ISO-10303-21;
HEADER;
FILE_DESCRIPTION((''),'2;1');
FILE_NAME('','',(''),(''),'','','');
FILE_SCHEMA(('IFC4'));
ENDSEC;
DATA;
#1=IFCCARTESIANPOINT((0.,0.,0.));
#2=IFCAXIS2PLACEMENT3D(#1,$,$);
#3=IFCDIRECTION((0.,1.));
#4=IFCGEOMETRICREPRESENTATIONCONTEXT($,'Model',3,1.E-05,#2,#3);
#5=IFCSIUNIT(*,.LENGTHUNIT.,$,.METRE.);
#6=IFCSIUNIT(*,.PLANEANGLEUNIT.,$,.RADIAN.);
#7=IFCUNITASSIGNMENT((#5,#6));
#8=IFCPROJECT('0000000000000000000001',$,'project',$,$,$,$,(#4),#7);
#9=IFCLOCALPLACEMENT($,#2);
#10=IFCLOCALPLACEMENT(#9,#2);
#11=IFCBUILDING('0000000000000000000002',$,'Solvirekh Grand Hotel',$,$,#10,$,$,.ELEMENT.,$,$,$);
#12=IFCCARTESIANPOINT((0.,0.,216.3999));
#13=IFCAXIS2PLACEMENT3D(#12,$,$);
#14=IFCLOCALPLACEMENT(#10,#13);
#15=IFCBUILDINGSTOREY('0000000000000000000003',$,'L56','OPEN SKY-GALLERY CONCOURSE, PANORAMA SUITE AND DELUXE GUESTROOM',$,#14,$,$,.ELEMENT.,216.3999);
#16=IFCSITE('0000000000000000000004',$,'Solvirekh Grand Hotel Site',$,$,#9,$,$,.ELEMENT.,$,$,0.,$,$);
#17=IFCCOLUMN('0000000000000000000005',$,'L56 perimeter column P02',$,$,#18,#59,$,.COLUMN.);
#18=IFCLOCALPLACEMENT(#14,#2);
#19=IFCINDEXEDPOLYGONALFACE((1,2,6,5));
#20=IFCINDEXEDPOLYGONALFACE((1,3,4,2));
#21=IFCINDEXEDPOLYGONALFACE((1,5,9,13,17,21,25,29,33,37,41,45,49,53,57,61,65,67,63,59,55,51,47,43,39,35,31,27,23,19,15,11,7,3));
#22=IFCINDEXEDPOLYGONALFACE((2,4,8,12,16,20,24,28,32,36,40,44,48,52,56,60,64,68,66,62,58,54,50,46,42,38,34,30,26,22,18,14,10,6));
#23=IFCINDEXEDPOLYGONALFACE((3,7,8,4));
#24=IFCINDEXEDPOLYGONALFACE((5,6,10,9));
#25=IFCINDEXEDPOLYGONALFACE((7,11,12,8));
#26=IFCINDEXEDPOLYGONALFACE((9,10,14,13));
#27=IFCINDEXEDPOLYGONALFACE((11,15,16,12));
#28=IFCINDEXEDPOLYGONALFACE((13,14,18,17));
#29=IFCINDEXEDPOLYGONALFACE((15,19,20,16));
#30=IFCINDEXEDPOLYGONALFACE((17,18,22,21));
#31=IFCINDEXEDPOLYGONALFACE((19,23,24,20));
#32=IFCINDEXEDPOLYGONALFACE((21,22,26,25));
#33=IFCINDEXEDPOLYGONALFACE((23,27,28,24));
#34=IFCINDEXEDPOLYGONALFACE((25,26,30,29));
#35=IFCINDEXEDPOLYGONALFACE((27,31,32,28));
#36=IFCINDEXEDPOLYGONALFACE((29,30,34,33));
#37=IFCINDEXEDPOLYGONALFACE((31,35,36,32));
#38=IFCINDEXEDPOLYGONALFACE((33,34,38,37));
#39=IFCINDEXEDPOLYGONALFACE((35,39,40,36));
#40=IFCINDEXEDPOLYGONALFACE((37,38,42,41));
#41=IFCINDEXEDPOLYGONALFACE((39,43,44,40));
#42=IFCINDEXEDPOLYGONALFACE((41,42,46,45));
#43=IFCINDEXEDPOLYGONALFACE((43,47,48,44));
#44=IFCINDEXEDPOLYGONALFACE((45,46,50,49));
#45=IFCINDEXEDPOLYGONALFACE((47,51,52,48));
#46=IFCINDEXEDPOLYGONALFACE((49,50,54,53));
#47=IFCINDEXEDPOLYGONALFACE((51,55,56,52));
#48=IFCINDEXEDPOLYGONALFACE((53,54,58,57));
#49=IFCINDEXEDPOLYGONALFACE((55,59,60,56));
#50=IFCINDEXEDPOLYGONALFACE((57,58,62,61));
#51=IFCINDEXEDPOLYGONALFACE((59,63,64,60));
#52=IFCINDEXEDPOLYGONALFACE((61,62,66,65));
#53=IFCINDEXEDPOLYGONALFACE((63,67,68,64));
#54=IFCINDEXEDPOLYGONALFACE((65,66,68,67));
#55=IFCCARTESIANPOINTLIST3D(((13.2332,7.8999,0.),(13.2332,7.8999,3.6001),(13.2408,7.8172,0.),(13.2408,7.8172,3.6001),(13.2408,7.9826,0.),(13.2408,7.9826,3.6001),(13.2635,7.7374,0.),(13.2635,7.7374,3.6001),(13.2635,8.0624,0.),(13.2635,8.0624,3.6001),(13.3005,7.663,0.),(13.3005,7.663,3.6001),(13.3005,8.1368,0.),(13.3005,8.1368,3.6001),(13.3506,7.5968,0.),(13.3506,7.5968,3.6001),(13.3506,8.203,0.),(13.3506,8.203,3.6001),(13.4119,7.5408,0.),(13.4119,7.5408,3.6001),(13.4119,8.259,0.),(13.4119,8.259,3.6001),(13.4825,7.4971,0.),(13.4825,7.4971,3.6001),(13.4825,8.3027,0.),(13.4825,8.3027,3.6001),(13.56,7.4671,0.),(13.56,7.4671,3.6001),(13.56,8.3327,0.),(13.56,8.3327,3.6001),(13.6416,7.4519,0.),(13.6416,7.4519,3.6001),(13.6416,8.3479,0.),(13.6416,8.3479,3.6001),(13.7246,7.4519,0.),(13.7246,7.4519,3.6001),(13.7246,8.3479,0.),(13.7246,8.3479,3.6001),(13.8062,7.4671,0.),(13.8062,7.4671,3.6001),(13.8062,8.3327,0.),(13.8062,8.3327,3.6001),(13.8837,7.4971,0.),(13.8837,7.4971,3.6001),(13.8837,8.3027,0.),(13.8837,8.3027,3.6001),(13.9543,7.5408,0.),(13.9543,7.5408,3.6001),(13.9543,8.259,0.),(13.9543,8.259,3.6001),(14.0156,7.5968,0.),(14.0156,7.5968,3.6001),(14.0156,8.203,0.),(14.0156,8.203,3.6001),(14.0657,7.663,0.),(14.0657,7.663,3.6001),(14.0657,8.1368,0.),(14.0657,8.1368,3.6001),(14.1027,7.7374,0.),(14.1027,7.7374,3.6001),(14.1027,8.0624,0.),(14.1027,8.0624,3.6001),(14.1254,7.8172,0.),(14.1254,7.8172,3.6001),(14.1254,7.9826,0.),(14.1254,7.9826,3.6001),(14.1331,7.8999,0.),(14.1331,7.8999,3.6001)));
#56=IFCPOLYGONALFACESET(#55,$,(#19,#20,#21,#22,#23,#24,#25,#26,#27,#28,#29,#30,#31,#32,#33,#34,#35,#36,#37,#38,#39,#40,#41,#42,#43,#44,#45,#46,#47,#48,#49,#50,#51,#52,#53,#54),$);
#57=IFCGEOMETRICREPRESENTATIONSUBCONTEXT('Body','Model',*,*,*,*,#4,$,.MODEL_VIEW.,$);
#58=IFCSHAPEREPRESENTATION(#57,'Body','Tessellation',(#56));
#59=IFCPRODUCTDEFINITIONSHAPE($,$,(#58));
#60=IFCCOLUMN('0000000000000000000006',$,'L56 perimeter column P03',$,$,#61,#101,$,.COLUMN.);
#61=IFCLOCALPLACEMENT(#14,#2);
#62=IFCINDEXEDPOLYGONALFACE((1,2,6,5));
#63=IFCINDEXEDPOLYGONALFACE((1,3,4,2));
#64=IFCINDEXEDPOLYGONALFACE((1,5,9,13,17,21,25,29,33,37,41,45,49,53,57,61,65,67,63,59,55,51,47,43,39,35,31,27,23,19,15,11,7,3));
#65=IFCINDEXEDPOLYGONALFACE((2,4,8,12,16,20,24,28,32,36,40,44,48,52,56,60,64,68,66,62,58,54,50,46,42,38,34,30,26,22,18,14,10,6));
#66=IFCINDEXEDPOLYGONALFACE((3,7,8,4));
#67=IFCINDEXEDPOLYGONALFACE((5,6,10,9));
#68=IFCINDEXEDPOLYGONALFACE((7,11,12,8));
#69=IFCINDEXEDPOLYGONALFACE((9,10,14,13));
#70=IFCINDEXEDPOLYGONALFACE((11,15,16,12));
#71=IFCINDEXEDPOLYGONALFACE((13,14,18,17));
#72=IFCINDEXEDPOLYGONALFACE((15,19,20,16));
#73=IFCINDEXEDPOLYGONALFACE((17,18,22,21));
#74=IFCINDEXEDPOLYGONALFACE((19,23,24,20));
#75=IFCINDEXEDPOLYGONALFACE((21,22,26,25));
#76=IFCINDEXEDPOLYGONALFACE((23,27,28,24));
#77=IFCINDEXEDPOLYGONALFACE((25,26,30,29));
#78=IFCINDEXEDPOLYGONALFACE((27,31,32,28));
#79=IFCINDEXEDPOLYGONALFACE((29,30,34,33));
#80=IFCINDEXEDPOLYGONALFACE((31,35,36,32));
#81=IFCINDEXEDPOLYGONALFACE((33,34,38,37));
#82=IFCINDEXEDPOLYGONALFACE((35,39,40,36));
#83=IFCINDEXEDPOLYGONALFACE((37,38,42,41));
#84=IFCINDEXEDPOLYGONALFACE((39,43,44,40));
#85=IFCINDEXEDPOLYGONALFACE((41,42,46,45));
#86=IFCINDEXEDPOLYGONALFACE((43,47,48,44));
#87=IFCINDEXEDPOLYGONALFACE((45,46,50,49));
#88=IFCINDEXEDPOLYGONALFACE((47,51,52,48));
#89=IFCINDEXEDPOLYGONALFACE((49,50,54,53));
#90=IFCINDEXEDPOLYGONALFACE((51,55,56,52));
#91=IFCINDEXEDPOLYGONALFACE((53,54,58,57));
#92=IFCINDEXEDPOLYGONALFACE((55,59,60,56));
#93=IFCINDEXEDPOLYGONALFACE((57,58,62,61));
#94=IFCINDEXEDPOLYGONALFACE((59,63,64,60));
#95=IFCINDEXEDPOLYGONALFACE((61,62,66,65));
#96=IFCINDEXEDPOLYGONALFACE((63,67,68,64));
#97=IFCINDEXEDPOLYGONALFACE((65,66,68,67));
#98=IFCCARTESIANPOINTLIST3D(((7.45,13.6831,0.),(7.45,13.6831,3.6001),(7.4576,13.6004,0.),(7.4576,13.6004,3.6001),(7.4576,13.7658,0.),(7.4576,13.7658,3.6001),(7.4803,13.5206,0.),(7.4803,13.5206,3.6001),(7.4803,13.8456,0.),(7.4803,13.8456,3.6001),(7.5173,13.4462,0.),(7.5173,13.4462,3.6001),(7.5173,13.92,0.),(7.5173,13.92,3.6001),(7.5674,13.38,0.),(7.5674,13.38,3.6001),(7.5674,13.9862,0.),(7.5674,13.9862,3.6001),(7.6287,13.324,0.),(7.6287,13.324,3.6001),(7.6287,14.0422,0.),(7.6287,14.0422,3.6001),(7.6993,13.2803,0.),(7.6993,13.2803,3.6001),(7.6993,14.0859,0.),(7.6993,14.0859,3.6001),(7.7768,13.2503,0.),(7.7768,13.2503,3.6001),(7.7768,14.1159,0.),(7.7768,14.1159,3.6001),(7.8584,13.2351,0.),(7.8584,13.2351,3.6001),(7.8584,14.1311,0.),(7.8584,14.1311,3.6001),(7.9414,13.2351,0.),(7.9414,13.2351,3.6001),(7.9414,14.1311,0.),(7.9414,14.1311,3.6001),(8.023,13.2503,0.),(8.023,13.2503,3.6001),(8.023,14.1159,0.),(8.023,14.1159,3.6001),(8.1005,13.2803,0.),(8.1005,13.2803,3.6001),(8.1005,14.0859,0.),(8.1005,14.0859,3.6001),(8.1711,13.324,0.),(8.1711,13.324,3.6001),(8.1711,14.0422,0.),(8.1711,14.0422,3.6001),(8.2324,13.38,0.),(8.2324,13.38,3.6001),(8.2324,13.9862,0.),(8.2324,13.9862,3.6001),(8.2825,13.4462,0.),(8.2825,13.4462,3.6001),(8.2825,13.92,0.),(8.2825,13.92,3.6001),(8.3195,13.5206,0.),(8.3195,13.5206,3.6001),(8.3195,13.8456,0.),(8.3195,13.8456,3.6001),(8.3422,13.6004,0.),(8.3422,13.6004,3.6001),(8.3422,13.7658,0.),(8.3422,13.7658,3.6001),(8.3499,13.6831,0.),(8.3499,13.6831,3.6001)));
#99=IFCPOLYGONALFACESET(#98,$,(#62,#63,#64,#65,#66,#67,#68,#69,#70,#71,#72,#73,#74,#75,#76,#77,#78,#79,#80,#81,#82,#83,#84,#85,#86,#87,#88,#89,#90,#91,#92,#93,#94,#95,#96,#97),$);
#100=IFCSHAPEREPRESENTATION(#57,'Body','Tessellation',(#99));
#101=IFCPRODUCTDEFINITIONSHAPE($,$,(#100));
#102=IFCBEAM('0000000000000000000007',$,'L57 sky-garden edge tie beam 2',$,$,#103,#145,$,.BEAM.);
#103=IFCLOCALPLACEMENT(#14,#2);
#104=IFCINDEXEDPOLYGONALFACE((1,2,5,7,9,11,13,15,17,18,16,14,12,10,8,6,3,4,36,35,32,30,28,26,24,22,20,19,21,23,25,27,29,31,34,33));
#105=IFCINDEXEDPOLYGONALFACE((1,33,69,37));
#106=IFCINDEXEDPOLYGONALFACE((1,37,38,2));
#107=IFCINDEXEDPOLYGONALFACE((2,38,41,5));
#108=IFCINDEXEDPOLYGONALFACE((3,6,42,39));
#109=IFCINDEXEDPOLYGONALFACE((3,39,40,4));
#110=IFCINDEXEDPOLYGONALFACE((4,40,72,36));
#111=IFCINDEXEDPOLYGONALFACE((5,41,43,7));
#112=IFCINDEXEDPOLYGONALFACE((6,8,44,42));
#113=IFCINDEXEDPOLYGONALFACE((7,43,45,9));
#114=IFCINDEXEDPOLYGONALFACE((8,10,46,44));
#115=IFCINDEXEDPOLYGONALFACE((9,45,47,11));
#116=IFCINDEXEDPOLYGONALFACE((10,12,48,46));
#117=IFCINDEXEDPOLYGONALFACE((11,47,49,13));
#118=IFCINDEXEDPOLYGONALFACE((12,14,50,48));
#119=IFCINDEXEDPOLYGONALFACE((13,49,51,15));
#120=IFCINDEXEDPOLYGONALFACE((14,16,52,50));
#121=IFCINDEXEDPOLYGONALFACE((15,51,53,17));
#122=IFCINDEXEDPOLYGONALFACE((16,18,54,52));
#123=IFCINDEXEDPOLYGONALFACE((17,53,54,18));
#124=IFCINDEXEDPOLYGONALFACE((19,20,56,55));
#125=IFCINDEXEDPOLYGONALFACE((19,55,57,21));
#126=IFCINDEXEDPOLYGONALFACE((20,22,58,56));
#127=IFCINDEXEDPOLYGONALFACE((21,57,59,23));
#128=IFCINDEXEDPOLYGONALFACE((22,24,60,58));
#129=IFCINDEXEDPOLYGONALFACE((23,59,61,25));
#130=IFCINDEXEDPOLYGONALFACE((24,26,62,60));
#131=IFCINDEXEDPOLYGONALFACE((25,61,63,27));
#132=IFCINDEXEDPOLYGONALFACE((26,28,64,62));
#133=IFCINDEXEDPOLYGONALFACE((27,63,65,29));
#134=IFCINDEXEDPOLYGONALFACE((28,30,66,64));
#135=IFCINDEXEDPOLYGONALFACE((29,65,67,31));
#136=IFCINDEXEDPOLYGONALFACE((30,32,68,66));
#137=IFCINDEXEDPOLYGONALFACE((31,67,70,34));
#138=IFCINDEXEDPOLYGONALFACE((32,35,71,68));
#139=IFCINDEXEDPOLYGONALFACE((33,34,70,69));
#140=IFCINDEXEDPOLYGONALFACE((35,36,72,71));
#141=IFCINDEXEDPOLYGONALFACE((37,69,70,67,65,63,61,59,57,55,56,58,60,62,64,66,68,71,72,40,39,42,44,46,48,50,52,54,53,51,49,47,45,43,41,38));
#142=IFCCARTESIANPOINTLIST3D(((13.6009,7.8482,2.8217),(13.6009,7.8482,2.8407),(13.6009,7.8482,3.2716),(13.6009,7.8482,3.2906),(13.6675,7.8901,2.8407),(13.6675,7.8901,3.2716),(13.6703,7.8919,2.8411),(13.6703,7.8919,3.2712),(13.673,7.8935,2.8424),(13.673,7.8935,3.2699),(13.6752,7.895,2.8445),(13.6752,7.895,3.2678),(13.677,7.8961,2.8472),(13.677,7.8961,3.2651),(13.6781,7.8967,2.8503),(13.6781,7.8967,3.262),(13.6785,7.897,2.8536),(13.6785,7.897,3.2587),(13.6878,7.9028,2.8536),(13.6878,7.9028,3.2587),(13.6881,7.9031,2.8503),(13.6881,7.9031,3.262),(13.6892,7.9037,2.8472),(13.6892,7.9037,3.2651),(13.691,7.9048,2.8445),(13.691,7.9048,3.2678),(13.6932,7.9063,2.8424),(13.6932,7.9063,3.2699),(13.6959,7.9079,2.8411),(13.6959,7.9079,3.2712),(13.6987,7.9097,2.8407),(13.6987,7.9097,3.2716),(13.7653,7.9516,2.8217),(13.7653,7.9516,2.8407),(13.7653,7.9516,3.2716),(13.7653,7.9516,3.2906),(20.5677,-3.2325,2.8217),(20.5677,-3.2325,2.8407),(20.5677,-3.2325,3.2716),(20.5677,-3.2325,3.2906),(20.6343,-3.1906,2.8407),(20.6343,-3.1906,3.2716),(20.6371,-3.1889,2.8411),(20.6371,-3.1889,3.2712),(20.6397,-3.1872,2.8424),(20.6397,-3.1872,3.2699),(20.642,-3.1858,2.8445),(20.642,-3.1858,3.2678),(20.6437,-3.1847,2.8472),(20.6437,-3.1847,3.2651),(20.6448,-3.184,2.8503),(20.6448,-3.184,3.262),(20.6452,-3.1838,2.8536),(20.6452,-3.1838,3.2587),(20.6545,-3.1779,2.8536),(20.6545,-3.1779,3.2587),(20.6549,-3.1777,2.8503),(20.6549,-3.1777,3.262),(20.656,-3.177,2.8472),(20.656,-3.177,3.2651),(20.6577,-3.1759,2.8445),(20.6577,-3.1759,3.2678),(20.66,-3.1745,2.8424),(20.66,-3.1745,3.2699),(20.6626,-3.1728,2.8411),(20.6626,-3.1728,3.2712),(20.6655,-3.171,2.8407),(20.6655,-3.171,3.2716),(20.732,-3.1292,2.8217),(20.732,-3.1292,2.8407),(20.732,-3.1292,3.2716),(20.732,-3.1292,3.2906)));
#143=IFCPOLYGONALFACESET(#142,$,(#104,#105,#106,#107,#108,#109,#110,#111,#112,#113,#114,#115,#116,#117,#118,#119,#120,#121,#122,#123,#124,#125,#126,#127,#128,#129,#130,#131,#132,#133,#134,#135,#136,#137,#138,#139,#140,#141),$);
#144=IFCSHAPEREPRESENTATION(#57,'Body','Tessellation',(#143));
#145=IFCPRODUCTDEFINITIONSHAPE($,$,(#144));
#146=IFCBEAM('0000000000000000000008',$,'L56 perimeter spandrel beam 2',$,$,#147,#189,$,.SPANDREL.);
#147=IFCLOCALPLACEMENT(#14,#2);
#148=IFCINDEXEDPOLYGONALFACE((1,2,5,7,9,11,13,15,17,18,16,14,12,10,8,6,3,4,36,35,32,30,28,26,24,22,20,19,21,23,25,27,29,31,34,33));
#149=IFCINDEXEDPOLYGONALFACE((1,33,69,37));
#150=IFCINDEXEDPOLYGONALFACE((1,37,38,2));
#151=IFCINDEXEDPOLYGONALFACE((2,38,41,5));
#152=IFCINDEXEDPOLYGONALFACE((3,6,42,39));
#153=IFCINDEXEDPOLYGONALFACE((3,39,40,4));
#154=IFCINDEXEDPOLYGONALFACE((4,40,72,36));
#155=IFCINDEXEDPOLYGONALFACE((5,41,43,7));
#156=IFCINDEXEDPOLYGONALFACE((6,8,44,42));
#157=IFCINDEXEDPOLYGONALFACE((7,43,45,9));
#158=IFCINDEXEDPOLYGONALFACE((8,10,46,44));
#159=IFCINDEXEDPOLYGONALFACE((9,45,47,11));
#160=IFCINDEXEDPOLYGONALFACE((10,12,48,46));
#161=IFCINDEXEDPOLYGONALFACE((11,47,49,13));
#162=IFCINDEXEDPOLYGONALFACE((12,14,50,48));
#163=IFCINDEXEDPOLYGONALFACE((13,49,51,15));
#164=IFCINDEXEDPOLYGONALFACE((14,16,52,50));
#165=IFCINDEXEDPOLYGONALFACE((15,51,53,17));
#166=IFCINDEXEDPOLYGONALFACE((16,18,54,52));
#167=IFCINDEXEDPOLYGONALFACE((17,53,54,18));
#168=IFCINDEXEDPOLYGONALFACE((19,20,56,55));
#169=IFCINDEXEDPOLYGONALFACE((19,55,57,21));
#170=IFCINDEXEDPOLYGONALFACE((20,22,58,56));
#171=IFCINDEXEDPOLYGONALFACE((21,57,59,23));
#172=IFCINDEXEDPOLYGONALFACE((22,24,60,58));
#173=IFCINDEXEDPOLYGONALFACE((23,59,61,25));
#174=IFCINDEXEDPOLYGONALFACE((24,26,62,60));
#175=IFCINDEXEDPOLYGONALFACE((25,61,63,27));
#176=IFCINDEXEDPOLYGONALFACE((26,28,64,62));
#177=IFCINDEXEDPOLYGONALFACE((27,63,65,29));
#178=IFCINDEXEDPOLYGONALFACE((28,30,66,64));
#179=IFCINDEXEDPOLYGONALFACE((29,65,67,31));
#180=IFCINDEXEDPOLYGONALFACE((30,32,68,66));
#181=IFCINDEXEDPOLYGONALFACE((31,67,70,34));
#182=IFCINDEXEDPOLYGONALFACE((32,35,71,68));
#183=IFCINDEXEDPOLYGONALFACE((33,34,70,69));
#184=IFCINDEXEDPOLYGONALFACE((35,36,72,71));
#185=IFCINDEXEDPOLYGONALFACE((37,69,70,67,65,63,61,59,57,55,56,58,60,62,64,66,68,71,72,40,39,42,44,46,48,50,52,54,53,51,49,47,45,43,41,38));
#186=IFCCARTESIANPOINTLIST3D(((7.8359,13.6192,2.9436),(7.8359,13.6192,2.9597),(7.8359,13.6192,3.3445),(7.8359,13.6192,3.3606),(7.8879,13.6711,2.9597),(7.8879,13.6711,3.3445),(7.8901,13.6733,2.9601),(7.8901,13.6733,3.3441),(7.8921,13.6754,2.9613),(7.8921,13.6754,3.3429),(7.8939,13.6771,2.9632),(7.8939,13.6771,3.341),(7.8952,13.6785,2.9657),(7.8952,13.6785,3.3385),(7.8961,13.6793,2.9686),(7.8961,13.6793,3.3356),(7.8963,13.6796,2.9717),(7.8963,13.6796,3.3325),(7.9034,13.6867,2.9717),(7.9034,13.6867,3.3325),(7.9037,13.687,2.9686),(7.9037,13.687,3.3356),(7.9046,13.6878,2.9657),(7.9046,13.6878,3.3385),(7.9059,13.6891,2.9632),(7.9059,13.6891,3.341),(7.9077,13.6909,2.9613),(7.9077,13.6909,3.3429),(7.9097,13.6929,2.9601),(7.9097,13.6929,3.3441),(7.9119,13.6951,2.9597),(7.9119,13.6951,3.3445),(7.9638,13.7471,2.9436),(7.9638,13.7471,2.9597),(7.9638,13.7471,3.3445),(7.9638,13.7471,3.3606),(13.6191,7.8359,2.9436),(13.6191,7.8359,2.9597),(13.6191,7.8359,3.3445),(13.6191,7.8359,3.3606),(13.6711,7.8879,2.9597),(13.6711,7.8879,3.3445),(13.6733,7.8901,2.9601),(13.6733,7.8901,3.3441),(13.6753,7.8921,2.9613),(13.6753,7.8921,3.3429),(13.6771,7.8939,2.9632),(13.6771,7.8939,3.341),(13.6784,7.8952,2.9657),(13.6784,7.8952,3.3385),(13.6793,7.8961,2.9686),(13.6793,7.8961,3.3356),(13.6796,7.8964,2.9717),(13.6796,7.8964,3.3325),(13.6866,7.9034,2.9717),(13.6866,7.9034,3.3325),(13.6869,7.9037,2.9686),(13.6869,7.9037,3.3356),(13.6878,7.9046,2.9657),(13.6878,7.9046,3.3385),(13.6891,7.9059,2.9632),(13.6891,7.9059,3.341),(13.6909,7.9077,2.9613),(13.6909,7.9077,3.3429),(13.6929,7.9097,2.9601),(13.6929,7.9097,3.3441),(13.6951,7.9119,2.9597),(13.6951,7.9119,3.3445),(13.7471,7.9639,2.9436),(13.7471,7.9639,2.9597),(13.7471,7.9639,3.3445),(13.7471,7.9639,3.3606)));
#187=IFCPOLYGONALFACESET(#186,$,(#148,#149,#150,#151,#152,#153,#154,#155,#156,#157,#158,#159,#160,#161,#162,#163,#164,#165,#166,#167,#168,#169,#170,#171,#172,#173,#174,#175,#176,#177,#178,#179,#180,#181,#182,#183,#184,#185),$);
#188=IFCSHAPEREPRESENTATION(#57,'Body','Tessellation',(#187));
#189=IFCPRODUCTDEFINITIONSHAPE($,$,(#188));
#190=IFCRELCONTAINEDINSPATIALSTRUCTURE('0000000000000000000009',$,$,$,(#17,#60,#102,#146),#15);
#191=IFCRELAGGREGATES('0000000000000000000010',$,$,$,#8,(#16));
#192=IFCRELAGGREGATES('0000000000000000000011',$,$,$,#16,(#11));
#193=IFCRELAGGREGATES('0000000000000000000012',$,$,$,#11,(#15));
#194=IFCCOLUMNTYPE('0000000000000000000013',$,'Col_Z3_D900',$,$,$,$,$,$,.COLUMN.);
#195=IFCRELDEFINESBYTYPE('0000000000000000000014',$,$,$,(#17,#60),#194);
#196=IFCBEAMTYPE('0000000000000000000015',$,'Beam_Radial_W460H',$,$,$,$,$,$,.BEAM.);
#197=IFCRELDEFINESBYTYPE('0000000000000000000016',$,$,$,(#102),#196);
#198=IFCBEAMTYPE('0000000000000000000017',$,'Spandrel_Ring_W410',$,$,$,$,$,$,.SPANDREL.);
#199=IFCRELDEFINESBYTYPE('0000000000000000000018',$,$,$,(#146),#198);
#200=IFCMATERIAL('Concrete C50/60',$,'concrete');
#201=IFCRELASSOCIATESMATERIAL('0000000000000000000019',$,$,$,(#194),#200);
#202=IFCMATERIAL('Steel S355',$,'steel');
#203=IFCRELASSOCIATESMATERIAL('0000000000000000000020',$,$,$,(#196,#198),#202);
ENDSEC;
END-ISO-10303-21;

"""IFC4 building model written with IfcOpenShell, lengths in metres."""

from ifc_helpers import new_model, si_unit, direction, frame, origin, origin_2d, place, context, subcontext, project, spatial, circle, i_section, extrude, material, material_profile, profile_set, type_object, element, save


model = new_model("IFC4")

# Units and contexts
model_context = context("Model", 3, precision=1e-05, world=origin(), true_north=direction((0.0, 1.0)))
body_context = subcontext(model_context, "Body", "Model", "MODEL_VIEW")
ifc_project = project(units=[si_unit("LENGTHUNIT", "METRE"), si_unit("PLANEANGLEUNIT", "RADIAN")], contexts=[model_context])

# Site, building, storey
site_placement = place(None, origin())
site = spatial("IfcSite", under=ifc_project, at=site_placement, Name="Solvirekh Grand Hotel Site", CompositionType="ELEMENT", RefElevation=0.0)
building_placement = place(site_placement, origin())
building = spatial("IfcBuilding", under=site, at=building_placement, Name="Solvirekh Grand Hotel", CompositionType="ELEMENT")
storey_placement = place(building_placement, frame((0.0, 0.0, 216.3999)))
storey = spatial("IfcBuildingStorey", under=building, at=storey_placement, Name="L56", Description="OPEN SKY-GALLERY CONCOURSE, PANORAMA SUITE AND DELUXE GUESTROOM", CompositionType="ELEMENT", Elevation=216.3999)

# Columns
ifc_material_1 = material(Name="Concrete C50/60", Category="concrete")
ifc_material_profile_1 = material_profile(ifc_material_1, circle(Radius=0.45, at=origin_2d()), Name="RC CIRC D900")
ifc_profile_set_1 = profile_set([ifc_material_profile_1], Name="Concrete C50/60")
column_type = type_object("IfcColumnType", Name="Col_Z3_D900", PredefinedType="COLUMN", material=ifc_profile_set_1)
for number, where, z_axis, x_axis, name in (
    (1, (13.6831, 7.8999, 0.0), (0.0, 0.0, 1.0), (1.0, 0.0, 0.0), "L56 perimeter column P02"),
    (2, (7.8999, 13.6831, 0.0), (0.0, 0.0, 1.0), (1.0, 0.0, 0.0), "L56 perimeter column P03"),
):
    element("IfcColumn", number, at=place(storey_placement, frame(where, z_axis=z_axis, x_axis=x_axis)), inside=storey, type_object=column_type, Name=name, PredefinedType="COLUMN", context=body_context, shape_type="SweptSolid", body=[
        extrude(circle(Radius=0.45, at=origin_2d()), origin(), (0.0, 0.0, 1.0), 3.6001),
    ])

# Beams
ifc_material_2 = material(Name="Steel S355", Category="steel")
ifc_material_profile_2 = material_profile(ifc_material_2, i_section(OverallWidth=0.1941, OverallDepth=0.469, WebThickness=0.011, FlangeThickness=0.019, FilletRadius=0.0129, at=origin_2d()), Name="W460X106")
ifc_profile_set_2 = profile_set([ifc_material_profile_2], Name="Steel S355")
beam_type_1 = type_object("IfcBeamType", Name="Beam_Radial_W460H", PredefinedType="BEAM", material=ifc_profile_set_2)
beam_placement = place(storey_placement, frame((13.6831, 7.8999, 3.0562), z_axis=(0.532266, -0.846577, 0.0), x_axis=(0.846577, 0.532266, 0.0)))
element("IfcBeam", 3, at=beam_placement, inside=storey, type_object=beam_type_1, Name="L57 sky-garden edge tie beam 2", PredefinedType="BEAM", context=body_context, shape_type="SweptSolid", body=[
    extrude(i_section(OverallWidth=0.1941, OverallDepth=0.469, WebThickness=0.011, FlangeThickness=0.019, FilletRadius=0.0129, at=origin_2d()), origin(), (0.0, 0.0, 1.0), 13.0889),
])
ifc_material_profile_3 = material_profile(ifc_material_2, i_section(OverallWidth=0.1809, OverallDepth=0.417, WebThickness=0.01, FlangeThickness=0.0161, FilletRadius=0.012, at=origin_2d()), Name="W410X85")
ifc_profile_set_3 = profile_set([ifc_material_profile_3], Name="Steel S355")
beam_type_2 = type_object("IfcBeamType", Name="Spandrel_Ring_W410", PredefinedType="SPANDREL", material=ifc_profile_set_3)
for number, where, z_axis, x_axis, name in (
    (4, (13.6831, 7.8999, 3.1521), (-0.707107, 0.707107, 0.0), (-0.707107, -0.707107, 0.0), "L56 perimeter spandrel beam 2"),
):
    element("IfcBeam", number, at=place(storey_placement, frame(where, z_axis=z_axis, x_axis=x_axis)), inside=storey, type_object=beam_type_2, Name=name, PredefinedType="SPANDREL", context=body_context, shape_type="SweptSolid", body=[
        extrude(i_section(OverallWidth=0.1809, OverallDepth=0.417, WebThickness=0.01, FlangeThickness=0.0161, FilletRadius=0.012, at=origin_2d()), origin(), (0.0, 0.0, 1.0), 8.1787),
    ])

save(model, "model.ifc")
